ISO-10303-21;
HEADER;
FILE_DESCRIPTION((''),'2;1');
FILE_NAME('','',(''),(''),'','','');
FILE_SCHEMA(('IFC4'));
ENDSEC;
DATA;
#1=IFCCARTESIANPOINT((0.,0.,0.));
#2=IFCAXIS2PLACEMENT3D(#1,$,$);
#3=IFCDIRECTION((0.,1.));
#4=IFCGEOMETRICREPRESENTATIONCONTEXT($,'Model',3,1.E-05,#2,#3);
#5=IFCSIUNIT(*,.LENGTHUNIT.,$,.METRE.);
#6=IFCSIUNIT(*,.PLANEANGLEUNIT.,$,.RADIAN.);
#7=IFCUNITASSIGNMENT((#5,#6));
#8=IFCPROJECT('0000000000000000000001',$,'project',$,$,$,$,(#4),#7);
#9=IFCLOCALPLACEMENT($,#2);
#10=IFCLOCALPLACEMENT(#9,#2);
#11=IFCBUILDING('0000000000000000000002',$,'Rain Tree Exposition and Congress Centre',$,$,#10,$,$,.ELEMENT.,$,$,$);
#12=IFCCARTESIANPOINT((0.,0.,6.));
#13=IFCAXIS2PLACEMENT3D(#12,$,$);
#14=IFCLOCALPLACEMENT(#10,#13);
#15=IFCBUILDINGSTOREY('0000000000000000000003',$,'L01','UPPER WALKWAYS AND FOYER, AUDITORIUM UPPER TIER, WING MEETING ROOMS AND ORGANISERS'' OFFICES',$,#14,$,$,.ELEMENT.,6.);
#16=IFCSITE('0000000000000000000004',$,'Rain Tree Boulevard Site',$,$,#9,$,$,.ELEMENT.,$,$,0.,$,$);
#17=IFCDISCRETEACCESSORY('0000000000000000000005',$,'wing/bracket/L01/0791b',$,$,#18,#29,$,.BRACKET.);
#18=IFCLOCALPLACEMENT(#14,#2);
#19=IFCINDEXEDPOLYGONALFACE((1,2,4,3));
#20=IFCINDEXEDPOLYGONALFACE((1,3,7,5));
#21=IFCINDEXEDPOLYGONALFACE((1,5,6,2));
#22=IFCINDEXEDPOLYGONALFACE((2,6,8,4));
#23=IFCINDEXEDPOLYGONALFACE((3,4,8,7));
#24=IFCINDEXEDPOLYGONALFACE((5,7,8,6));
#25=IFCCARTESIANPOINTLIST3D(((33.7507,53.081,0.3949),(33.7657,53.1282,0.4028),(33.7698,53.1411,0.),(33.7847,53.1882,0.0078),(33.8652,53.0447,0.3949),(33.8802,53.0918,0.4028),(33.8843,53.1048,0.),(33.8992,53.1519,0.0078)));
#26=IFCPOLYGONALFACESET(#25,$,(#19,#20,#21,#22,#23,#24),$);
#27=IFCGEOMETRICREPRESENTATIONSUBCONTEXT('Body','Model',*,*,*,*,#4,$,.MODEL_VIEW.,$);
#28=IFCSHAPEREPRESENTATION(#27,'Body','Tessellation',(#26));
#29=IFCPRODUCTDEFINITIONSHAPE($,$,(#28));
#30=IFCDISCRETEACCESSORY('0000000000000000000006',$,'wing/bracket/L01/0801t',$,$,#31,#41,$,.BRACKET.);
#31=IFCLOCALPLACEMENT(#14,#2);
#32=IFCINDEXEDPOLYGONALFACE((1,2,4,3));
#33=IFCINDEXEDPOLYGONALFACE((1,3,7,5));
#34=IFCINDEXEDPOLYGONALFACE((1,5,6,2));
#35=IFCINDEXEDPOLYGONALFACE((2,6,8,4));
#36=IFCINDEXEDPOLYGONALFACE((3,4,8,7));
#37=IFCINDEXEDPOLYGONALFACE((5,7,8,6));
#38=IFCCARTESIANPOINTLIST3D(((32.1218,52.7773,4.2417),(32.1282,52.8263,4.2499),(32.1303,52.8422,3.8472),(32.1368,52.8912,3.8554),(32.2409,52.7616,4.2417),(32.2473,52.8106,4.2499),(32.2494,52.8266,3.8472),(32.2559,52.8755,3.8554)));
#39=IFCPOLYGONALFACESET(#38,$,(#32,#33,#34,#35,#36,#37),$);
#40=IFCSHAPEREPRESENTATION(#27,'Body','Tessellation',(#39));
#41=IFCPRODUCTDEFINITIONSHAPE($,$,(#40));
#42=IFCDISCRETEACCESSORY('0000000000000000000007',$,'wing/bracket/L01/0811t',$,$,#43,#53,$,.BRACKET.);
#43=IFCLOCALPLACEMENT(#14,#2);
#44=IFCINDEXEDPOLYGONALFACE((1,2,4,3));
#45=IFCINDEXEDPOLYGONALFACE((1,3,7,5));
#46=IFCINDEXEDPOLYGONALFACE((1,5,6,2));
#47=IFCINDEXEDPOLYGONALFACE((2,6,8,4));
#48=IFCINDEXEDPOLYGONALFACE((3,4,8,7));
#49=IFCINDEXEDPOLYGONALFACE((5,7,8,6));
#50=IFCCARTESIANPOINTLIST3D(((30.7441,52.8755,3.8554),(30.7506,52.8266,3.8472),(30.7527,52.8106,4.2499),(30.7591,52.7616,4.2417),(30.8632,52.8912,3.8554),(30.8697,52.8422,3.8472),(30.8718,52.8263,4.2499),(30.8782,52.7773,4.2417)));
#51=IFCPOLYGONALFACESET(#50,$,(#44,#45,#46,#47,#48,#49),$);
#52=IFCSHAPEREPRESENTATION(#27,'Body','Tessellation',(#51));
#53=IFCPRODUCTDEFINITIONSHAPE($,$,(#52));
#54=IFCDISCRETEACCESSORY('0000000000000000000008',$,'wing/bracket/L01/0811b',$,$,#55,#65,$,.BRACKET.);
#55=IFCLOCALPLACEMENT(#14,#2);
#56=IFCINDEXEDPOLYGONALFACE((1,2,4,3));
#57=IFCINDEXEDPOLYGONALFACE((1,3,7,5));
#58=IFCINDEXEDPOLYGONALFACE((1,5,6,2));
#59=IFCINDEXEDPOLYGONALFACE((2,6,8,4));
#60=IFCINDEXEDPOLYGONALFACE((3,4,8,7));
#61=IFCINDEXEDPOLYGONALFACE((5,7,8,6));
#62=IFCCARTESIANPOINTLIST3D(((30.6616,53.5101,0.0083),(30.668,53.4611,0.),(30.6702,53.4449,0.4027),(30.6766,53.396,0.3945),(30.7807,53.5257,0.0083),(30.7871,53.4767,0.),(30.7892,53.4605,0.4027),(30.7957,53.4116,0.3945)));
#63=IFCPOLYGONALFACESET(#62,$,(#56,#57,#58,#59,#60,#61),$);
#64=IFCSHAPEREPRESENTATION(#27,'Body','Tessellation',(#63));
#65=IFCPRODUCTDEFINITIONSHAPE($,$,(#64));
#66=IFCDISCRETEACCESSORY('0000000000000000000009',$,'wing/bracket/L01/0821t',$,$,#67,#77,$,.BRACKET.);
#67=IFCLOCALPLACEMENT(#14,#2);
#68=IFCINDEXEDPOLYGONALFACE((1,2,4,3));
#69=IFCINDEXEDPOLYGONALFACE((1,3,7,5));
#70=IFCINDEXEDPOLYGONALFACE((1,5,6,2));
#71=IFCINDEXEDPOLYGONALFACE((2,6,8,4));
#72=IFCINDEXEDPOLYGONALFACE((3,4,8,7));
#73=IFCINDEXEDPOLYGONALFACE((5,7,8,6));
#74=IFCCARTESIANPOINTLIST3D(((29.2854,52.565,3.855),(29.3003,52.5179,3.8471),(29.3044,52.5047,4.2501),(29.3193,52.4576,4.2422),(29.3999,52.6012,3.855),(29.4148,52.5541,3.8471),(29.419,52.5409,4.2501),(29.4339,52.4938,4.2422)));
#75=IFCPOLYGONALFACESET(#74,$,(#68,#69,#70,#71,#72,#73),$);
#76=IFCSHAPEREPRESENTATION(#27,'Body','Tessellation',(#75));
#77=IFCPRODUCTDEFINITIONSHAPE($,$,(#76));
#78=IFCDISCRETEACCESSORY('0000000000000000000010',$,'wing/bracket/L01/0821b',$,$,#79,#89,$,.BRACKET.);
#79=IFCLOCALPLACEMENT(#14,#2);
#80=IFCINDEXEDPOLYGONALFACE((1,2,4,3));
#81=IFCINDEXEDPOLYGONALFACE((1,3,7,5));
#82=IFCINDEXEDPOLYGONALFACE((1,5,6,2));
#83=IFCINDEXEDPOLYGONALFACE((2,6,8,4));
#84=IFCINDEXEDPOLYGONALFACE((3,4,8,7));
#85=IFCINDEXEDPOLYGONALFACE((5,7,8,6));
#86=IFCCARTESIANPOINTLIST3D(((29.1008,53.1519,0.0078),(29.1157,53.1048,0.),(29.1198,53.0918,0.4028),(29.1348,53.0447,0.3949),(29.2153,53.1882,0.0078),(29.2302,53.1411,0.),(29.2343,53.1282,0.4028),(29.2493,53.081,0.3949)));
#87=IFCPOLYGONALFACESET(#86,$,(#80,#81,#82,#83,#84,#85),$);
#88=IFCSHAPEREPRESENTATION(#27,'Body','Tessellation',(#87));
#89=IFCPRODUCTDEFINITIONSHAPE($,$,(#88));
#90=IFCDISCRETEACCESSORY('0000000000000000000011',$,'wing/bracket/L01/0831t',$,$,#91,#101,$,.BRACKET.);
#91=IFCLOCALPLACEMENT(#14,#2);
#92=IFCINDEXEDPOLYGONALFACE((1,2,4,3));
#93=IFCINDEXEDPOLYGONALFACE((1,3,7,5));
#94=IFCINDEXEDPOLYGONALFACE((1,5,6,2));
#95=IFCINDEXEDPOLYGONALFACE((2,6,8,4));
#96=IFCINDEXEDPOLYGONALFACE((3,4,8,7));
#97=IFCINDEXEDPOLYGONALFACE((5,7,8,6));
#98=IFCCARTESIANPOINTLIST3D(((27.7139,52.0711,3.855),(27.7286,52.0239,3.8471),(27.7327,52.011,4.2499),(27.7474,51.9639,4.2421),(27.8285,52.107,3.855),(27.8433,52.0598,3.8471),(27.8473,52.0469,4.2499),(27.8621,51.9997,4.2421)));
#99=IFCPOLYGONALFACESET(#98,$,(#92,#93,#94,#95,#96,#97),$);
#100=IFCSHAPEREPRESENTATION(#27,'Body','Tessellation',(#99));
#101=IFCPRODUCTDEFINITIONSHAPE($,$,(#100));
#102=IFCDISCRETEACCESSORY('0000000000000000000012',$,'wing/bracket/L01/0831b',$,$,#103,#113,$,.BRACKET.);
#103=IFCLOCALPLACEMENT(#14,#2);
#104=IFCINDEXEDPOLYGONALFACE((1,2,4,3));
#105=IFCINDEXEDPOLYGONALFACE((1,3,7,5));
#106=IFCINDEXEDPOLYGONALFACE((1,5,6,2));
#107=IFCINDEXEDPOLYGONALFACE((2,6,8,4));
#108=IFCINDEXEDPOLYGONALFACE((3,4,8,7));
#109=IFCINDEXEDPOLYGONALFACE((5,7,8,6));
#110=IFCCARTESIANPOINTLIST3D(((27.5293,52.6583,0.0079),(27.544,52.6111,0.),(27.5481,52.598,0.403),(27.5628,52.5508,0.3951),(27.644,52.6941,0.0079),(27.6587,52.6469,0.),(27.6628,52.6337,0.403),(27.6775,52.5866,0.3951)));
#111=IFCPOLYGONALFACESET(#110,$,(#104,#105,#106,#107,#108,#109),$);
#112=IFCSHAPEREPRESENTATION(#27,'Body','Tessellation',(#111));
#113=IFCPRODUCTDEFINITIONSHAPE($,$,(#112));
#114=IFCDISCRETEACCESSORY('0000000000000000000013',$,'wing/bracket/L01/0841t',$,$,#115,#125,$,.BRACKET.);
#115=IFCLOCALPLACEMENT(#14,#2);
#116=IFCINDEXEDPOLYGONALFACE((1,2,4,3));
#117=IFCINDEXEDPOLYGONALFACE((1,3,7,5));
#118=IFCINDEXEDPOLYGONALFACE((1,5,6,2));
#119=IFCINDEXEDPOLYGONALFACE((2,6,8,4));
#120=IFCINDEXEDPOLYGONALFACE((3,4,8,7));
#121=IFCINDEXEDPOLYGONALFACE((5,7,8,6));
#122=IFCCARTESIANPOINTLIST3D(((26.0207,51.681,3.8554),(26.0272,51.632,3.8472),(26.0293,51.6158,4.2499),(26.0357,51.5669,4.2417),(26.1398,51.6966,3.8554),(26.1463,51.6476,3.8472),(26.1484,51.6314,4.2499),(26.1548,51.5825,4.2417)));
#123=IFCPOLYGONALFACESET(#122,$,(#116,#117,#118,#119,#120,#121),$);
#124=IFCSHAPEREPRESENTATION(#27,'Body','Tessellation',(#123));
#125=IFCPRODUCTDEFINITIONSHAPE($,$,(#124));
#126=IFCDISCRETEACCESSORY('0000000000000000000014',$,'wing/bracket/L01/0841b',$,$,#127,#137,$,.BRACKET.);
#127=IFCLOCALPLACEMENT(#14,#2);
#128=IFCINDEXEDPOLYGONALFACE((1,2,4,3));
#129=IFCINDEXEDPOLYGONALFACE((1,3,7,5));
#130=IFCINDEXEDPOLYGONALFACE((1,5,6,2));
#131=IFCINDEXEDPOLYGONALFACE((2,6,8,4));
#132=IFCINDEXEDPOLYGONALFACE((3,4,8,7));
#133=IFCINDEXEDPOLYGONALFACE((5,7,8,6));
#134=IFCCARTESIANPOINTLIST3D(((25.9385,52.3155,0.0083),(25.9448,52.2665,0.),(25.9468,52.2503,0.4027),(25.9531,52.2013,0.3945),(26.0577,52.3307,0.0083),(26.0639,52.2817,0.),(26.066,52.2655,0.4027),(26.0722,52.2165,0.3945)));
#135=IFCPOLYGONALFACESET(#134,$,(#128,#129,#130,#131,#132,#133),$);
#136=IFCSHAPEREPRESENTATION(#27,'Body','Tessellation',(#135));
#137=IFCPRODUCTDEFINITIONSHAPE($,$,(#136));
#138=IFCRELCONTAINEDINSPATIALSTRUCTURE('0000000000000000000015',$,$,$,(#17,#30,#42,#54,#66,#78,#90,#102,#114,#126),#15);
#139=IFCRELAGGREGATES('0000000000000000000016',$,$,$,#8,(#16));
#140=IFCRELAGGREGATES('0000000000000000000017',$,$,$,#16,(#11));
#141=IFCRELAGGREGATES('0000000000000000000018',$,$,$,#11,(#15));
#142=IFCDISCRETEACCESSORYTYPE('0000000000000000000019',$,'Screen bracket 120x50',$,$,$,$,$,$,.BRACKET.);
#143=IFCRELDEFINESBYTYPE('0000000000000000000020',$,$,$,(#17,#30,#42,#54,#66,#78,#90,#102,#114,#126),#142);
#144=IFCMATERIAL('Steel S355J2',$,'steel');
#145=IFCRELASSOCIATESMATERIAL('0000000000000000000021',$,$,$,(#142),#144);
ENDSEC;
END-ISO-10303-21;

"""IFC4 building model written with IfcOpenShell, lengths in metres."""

from ifc_helpers import new_model, si_unit, direction, frame, origin, origin_2d, place, context, subcontext, project, spatial, rectangle, extrude, material, material_profile, profile_set, type_object, element, save


model = new_model("IFC4")

# Units and contexts
model_context = context("Model", 3, precision=1e-05, world=origin(), true_north=direction((0.0, 1.0)))
body_context = subcontext(model_context, "Body", "Model", "MODEL_VIEW")
ifc_project = project(units=[si_unit("LENGTHUNIT", "METRE"), si_unit("PLANEANGLEUNIT", "RADIAN")], contexts=[model_context])

# Site, building, storey
site_placement = place(None, origin())
site = spatial("IfcSite", under=ifc_project, at=site_placement, Name="Rain Tree Boulevard Site", CompositionType="ELEMENT", RefElevation=0.0)
building_placement = place(site_placement, origin())
building = spatial("IfcBuilding", under=site, at=building_placement, Name="Rain Tree Exposition and Congress Centre", CompositionType="ELEMENT")
storey_placement = place(building_placement, frame((0.0, 0.0, 6.0)))
storey = spatial("IfcBuildingStorey", under=building, at=storey_placement, Name="L01", Description="UPPER WALKWAYS AND FOYER, AUDITORIUM UPPER TIER, WING MEETING ROOMS AND ORGANISERS' OFFICES", CompositionType="ELEMENT", Elevation=6.0)

# Discrete accessories
ifc_material_1 = material(Name="Steel S355J2", Category="steel")
ifc_material_profile_1 = material_profile(ifc_material_1, rectangle(XDim=0.1201, YDim=0.05, at=origin_2d()), Name="Flat bar 120x50")
ifc_profile_set_1 = profile_set([ifc_material_profile_1], Name="Steel S355J2")
discrete_accessory_type = type_object("IfcDiscreteAccessoryType", Name="Screen bracket 120x50", PredefinedType="BRACKET", material=ifc_profile_set_1)
for number, where, z_axis, x_axis, name in (
    (1, (33.8345, 53.1465, 0.0039), (-0.047606, -0.150142, 0.987518), (0.953231, -0.302244, 0.0), "wing/bracket/L01/0791b"),
    (2, (32.1931, 52.8589, 3.8513), (-0.021366, -0.162381, 0.986497), (0.991454, -0.130455, 0.0), "wing/bracket/L01/0801t"),
    (3, (30.8069, 52.8589, 3.8513), (0.021366, -0.162381, 0.986497), (0.991454, 0.130455, 0.0), "wing/bracket/L01/0811t"),
    (4, (30.7244, 53.4934, 0.0042), (0.021364, -0.162976, 0.986399), (0.991517, 0.129974, 0.0), "wing/bracket/L01/0811b"),
):
    element("IfcDiscreteAccessory", number, at=place(storey_placement, frame(where, z_axis=z_axis, x_axis=x_axis)), inside=storey, type_object=discrete_accessory_type, Name=name, PredefinedType="BRACKET", context=body_context, shape_type="SweptSolid", body=[
        extrude(rectangle(XDim=0.1201, YDim=0.05, at=origin_2d()), origin(), (0.0, 0.0, 1.0), 0.3999),
    ])
discrete_accessory_1_placement = place(storey_placement, frame((29.3501, 52.5596, 3.8511), z_axis=(0.047602, -0.150738, 0.987427), x_axis=(0.953583, 0.301131, 0.0)))
element("IfcDiscreteAccessory", 5, at=discrete_accessory_1_placement, inside=storey, type_object=discrete_accessory_type, Name="wing/bracket/L01/0821t", PredefinedType="BRACKET", context=body_context, shape_type="SweptSolid", body=[
    extrude(rectangle(XDim=0.1201, YDim=0.05, at=origin_2d()), origin(), (0.0, 0.0, 1.0), 0.4001),
])
for number, where, z_axis, x_axis, name in (
    (6, (29.1655, 53.1465, 0.0039), (0.047606, -0.150142, 0.987518), (0.953231, 0.302244, 0.0), "wing/bracket/L01/0821b"),
    (7, (27.7786, 52.0654, 3.8511), (0.046997, -0.150146, 0.987546), (0.954342, 0.298717, 0.0), "wing/bracket/L01/0831t"),
):
    element("IfcDiscreteAccessory", number, at=place(storey_placement, frame(where, z_axis=z_axis, x_axis=x_axis)), inside=storey, type_object=discrete_accessory_type, Name=name, PredefinedType="BRACKET", context=body_context, shape_type="SweptSolid", body=[
        extrude(rectangle(XDim=0.1201, YDim=0.05, at=origin_2d()), origin(), (0.0, 0.0, 1.0), 0.3999),
    ])
discrete_accessory_2_placement = place(storey_placement, frame((27.594, 52.6526, 0.0039), z_axis=(0.046993, -0.150743, 0.987456), x_axis=(0.954686, 0.297615, 0.0)))
element("IfcDiscreteAccessory", 8, at=discrete_accessory_2_placement, inside=storey, type_object=discrete_accessory_type, Name="wing/bracket/L01/0831b", PredefinedType="BRACKET", context=body_context, shape_type="SweptSolid", body=[
    extrude(rectangle(XDim=0.1201, YDim=0.05, at=origin_2d()), origin(), (0.0, 0.0, 1.0), 0.4001),
])
for number, where, z_axis, x_axis, name in (
    (9, (26.0835, 51.6643, 3.8513), (0.021364, -0.162976, 0.986399), (0.991517, 0.129974, 0.0), "wing/bracket/L01/0841t"),
    (10, (26.0012, 52.2986, 0.0042), (0.020754, -0.162978, 0.986411), (0.991989, 0.126321, 0.0), "wing/bracket/L01/0841b"),
):
    element("IfcDiscreteAccessory", number, at=place(storey_placement, frame(where, z_axis=z_axis, x_axis=x_axis)), inside=storey, type_object=discrete_accessory_type, Name=name, PredefinedType="BRACKET", context=body_context, shape_type="SweptSolid", body=[
        extrude(rectangle(XDim=0.1201, YDim=0.05, at=origin_2d()), origin(), (0.0, 0.0, 1.0), 0.3999),
    ])

save(model, "model.ifc")
